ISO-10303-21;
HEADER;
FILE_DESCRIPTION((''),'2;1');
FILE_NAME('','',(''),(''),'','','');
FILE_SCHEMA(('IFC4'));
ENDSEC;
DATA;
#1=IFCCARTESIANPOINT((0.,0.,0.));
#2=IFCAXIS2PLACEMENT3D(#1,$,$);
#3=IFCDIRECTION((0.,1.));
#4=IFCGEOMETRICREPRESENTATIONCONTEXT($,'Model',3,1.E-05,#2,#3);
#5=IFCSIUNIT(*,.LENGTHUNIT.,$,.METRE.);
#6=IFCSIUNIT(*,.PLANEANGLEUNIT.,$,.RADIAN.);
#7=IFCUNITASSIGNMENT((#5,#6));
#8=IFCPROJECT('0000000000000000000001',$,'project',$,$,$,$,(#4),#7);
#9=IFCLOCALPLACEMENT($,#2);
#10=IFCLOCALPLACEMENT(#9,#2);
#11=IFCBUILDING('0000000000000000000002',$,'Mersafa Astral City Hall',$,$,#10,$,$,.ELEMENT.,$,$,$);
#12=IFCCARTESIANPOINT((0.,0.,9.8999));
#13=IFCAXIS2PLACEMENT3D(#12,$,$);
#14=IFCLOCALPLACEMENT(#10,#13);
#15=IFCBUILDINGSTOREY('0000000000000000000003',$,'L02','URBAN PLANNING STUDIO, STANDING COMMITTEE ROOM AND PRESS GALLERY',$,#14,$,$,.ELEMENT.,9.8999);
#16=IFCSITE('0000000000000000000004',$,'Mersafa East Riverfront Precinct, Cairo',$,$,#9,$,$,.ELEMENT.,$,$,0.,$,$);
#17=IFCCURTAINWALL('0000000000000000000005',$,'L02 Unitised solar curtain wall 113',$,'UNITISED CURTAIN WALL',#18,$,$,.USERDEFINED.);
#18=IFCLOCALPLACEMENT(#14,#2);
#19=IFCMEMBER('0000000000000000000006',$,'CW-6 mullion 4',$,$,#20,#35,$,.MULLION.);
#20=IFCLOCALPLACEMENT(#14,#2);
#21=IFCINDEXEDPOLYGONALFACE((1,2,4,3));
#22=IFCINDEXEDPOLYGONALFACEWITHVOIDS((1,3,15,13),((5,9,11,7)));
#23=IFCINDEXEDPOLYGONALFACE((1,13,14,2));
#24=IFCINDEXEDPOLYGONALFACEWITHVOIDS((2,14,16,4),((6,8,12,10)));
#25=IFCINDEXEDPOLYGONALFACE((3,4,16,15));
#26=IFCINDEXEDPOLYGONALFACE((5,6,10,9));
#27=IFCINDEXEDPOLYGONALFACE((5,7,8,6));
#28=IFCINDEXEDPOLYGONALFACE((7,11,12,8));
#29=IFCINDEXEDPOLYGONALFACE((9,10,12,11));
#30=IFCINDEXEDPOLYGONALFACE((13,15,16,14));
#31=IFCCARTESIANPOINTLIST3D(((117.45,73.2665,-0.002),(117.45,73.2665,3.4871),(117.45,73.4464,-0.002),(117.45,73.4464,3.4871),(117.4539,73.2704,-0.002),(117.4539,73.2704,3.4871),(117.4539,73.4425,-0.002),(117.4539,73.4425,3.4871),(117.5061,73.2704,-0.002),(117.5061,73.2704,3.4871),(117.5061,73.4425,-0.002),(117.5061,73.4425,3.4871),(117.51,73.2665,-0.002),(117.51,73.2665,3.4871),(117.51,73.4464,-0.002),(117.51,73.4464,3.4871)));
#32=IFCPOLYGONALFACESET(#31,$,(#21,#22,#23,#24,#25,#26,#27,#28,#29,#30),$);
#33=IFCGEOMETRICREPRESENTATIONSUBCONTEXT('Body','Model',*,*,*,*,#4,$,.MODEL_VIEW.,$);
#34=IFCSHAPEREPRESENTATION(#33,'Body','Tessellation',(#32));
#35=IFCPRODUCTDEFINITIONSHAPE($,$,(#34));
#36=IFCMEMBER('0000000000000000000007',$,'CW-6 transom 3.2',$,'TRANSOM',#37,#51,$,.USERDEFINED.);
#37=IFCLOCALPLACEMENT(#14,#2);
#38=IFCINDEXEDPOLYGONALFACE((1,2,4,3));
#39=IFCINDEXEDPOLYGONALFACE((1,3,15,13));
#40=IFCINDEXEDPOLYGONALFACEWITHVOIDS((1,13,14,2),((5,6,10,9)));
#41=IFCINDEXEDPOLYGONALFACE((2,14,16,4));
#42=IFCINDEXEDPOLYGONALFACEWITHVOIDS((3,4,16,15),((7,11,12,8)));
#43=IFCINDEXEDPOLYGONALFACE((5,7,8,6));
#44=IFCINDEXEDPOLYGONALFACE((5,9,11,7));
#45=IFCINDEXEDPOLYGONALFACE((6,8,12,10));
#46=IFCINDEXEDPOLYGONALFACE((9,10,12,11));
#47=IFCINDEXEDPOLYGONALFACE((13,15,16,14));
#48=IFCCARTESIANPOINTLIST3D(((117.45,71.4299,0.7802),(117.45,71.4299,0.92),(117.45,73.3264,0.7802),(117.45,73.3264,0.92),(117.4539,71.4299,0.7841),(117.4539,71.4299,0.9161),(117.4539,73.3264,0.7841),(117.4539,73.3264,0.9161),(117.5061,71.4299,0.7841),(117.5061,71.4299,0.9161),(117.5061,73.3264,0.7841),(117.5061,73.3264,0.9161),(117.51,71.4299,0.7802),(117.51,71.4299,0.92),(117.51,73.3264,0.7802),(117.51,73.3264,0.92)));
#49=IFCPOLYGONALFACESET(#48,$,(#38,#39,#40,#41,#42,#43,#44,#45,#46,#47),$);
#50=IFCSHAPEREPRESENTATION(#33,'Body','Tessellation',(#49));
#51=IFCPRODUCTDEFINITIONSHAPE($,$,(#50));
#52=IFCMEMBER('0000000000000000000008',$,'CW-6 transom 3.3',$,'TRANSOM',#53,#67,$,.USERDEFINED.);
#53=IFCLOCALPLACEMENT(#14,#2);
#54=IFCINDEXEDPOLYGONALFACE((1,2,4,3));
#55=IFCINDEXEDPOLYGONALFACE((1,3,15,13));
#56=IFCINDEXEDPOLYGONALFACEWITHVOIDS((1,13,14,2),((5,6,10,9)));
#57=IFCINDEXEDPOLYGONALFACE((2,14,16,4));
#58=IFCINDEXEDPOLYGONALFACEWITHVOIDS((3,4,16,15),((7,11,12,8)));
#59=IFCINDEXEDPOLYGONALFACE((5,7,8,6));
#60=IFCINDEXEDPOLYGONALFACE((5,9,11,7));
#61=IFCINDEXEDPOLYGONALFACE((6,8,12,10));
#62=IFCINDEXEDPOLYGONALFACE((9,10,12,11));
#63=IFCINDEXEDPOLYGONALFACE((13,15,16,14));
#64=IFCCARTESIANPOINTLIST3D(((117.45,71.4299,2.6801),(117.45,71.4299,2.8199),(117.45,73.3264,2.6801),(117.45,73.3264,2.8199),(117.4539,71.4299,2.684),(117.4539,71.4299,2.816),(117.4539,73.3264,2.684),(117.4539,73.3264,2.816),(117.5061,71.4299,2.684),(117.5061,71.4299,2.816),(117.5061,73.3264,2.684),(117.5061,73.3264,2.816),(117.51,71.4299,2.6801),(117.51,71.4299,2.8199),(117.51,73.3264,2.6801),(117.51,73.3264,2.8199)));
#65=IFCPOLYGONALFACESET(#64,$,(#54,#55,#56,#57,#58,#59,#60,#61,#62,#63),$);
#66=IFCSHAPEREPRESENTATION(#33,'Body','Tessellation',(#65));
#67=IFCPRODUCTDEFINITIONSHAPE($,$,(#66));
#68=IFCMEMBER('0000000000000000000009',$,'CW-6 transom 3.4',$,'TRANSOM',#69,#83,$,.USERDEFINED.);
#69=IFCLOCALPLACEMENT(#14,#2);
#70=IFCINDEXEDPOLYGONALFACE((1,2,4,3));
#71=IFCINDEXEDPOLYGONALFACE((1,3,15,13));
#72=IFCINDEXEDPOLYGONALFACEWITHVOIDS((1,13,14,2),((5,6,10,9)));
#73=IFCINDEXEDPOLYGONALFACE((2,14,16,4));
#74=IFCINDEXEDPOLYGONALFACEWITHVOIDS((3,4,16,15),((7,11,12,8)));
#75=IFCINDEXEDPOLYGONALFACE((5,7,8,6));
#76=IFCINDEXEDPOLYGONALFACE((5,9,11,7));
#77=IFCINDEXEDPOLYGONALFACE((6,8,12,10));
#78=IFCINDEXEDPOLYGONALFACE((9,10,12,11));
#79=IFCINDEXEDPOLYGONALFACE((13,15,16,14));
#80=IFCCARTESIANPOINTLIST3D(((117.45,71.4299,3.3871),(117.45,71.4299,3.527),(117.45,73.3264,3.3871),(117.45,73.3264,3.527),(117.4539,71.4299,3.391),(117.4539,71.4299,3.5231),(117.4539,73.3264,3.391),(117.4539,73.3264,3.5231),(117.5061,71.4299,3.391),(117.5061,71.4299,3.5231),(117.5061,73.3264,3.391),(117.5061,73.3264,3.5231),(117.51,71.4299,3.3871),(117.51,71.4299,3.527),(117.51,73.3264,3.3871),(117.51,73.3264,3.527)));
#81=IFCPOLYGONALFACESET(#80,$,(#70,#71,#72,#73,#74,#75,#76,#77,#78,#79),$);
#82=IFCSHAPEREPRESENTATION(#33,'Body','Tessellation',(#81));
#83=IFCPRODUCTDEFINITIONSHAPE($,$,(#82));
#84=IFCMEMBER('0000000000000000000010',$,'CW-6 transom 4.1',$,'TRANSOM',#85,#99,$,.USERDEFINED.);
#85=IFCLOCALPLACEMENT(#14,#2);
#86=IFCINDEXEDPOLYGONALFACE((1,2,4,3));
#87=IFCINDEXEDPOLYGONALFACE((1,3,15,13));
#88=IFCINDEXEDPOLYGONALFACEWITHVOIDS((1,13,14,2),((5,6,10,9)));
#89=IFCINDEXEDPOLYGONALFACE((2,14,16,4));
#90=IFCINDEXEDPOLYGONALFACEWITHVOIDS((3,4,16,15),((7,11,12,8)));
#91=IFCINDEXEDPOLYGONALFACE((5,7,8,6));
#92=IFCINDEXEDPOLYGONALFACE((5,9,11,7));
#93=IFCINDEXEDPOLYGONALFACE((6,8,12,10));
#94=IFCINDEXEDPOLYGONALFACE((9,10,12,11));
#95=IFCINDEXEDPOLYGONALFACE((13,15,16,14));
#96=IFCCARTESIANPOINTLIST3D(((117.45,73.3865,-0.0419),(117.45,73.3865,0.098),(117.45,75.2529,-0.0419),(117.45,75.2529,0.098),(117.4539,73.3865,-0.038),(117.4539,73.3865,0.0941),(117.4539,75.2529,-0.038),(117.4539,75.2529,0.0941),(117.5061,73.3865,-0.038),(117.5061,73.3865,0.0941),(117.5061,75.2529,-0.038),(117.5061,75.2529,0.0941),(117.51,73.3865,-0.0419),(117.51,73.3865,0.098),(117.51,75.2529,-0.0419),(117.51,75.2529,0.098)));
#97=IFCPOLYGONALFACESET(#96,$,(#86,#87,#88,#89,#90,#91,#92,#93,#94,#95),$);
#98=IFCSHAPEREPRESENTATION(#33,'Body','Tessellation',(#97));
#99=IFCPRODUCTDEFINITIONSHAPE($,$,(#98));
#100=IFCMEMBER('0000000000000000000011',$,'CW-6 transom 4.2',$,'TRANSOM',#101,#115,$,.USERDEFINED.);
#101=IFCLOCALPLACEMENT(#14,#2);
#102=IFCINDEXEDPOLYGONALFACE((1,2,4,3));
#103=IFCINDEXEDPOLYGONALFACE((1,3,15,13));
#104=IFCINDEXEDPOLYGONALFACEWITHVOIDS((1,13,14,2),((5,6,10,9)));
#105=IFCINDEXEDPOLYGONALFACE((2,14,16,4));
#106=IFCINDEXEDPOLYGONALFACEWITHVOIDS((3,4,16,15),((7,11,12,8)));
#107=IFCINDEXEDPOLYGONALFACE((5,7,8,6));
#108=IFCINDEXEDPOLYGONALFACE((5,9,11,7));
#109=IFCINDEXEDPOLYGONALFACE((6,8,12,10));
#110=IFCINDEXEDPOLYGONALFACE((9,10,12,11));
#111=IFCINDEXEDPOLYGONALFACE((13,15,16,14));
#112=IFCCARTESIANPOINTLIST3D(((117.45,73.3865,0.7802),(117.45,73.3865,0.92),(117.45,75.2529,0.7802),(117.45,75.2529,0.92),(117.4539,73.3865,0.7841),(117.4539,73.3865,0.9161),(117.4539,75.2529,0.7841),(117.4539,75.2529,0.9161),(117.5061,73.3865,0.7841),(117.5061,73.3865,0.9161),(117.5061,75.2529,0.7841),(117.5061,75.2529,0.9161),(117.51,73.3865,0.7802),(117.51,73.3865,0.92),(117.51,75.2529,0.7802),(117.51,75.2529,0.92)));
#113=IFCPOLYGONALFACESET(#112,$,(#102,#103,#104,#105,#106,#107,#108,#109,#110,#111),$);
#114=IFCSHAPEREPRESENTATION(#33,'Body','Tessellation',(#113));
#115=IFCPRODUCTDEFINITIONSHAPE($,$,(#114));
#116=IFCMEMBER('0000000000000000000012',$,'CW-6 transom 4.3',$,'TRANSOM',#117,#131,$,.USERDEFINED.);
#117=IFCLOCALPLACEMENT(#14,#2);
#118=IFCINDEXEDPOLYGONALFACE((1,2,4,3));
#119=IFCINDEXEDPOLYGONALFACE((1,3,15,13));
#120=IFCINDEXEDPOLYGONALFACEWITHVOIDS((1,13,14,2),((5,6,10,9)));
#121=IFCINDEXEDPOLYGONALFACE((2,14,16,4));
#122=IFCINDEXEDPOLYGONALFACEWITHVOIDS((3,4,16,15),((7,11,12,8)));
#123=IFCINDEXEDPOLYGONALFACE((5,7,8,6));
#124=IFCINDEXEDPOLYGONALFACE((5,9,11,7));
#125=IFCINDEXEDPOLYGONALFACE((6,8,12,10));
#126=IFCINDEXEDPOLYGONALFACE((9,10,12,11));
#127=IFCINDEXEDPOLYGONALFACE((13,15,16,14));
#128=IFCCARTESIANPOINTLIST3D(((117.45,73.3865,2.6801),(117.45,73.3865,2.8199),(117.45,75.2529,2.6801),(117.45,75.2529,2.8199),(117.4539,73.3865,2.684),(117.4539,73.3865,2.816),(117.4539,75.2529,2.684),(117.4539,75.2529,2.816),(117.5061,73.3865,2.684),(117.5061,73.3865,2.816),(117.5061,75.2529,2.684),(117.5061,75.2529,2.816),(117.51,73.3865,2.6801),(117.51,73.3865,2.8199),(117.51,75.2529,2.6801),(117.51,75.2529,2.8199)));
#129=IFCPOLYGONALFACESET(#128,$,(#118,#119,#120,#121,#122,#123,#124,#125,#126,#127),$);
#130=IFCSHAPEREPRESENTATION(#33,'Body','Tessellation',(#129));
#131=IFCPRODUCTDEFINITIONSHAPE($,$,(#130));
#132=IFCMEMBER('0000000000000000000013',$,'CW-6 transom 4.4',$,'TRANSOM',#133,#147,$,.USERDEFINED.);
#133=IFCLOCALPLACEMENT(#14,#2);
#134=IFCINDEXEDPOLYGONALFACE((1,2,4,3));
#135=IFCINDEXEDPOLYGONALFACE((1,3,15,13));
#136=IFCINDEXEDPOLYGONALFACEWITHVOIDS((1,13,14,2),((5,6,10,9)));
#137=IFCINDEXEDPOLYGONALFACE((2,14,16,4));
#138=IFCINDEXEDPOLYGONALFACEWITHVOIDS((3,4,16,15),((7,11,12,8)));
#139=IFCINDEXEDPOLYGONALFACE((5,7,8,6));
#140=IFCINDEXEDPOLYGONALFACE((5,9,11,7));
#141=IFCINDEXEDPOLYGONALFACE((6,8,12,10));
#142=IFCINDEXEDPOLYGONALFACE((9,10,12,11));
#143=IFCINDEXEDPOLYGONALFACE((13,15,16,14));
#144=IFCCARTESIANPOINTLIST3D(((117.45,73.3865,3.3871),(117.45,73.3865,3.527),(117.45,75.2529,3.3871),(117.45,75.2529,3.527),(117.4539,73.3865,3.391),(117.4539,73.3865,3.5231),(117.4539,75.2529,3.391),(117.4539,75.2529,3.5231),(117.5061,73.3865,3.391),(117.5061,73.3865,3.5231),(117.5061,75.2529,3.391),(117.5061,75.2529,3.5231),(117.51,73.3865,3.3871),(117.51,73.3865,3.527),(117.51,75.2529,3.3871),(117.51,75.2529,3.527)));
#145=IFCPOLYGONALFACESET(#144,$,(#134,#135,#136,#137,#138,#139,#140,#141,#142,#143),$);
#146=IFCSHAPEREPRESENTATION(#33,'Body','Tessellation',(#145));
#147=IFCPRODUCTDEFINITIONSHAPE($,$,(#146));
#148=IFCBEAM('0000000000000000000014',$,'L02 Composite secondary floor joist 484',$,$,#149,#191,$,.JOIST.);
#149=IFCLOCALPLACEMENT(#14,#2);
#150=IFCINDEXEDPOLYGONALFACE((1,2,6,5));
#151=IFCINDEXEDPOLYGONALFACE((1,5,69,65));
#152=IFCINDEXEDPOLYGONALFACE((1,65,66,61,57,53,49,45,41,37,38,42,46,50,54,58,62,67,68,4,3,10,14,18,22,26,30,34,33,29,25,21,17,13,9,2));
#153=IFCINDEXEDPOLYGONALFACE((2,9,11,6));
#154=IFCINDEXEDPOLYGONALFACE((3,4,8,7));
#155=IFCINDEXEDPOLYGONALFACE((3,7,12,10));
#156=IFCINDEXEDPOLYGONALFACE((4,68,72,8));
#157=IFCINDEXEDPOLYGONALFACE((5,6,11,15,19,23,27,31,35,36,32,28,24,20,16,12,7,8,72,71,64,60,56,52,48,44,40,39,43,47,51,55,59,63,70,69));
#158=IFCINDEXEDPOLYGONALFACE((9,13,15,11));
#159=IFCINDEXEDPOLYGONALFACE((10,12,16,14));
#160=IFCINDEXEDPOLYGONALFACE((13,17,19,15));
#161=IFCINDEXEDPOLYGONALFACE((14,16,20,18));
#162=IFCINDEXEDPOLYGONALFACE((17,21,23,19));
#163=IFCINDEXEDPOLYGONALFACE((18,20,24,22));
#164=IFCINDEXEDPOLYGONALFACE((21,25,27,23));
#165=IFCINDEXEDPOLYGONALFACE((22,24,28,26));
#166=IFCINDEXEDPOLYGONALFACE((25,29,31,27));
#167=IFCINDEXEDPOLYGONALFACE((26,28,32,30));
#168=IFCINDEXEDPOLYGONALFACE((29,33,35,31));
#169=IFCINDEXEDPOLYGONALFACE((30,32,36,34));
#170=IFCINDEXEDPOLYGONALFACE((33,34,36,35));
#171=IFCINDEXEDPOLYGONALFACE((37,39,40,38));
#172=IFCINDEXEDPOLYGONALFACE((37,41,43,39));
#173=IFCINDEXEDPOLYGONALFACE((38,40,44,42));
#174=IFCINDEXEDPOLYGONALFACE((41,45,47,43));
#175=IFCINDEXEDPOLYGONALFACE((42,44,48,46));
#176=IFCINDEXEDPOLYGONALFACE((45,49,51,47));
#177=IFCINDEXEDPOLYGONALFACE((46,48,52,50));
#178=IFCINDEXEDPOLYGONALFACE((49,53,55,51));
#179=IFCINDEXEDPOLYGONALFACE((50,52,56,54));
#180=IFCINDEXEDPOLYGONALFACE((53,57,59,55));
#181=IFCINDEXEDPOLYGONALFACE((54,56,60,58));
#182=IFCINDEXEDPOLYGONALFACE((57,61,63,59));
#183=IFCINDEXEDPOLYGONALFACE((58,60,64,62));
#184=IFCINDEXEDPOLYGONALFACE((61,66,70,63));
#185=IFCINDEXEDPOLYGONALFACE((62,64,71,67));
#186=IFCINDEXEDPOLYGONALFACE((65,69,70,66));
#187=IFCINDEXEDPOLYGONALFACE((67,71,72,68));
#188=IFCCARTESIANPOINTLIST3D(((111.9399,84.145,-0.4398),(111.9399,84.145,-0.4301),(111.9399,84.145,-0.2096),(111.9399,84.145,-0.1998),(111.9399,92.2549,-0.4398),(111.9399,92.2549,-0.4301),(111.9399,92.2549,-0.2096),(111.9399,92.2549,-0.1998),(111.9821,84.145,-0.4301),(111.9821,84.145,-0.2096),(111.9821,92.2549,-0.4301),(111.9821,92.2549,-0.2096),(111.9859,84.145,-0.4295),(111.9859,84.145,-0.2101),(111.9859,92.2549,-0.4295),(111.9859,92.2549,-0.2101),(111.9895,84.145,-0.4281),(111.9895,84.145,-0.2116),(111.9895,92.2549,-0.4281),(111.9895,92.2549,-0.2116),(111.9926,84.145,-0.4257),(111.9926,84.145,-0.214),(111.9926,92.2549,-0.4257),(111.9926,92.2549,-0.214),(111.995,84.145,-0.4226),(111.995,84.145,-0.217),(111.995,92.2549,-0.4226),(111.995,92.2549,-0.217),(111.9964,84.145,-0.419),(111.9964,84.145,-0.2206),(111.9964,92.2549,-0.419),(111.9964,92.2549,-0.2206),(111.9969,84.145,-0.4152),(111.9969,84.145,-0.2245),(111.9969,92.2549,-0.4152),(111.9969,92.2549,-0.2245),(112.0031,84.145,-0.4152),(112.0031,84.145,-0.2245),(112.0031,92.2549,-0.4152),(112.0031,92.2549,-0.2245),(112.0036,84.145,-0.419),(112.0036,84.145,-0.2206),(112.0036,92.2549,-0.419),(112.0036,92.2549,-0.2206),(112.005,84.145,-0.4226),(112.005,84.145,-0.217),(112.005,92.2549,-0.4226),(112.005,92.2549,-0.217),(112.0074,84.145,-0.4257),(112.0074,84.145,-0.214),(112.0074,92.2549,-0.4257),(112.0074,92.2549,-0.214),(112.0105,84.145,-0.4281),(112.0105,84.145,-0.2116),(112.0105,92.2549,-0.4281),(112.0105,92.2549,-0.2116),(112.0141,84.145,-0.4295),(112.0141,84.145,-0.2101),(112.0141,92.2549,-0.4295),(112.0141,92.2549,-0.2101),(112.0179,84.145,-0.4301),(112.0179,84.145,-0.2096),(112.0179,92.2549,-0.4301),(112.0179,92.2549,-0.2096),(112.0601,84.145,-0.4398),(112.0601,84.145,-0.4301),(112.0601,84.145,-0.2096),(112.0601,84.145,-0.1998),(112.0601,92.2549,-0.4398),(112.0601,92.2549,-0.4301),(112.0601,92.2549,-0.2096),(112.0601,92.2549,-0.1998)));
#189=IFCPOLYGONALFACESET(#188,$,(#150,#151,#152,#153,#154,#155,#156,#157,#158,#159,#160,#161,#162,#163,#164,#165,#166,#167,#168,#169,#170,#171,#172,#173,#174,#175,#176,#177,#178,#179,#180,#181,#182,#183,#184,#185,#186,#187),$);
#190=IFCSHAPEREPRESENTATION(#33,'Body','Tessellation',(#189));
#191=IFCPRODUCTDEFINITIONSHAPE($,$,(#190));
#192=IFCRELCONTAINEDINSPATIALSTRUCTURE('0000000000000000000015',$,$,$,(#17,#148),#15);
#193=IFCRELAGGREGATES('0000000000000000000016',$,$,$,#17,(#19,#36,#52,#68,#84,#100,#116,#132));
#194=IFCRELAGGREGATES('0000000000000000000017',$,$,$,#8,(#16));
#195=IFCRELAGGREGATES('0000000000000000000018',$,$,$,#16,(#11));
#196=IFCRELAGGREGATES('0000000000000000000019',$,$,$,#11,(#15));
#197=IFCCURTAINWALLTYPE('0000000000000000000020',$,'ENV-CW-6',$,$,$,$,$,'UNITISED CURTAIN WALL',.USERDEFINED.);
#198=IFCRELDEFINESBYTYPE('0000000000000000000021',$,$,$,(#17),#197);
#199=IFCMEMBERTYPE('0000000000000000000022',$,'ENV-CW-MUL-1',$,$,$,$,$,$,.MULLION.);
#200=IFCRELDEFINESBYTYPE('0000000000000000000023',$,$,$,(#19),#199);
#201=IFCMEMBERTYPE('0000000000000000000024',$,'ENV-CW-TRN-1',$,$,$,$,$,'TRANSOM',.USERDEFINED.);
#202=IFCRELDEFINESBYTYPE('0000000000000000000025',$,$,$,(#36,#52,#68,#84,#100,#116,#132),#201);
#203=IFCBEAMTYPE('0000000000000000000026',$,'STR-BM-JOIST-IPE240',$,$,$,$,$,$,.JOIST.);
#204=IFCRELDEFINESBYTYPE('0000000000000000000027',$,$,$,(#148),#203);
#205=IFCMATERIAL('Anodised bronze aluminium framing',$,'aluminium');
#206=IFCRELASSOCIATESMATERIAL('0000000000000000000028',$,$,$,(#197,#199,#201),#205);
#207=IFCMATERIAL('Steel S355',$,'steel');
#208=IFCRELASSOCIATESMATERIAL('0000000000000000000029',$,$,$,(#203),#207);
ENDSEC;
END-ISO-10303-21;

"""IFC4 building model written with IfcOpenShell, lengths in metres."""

from ifc_helpers import new_model, si_unit, direction, frame, origin, origin_2d, place, context, subcontext, project, spatial, hollow_rectangle, i_section, extrude, material, material_profile, profile_set, type_object, element, aggregate, save


model = new_model("IFC4")

# Units and contexts
model_context = context("Model", 3, precision=1e-05, world=origin(), true_north=direction((0.0, 1.0)))
body_context = subcontext(model_context, "Body", "Model", "MODEL_VIEW")
ifc_project = project(units=[si_unit("LENGTHUNIT", "METRE"), si_unit("PLANEANGLEUNIT", "RADIAN")], contexts=[model_context])

# Site, building, storey
site_placement = place(None, origin())
site = spatial("IfcSite", under=ifc_project, at=site_placement, Name="Mersafa East Riverfront Precinct, Cairo", CompositionType="ELEMENT", RefElevation=0.0)
building_placement = place(site_placement, origin())
building = spatial("IfcBuilding", under=site, at=building_placement, Name="Mersafa Astral City Hall", CompositionType="ELEMENT")
storey_placement = place(building_placement, frame((0.0, 0.0, 9.8999)))
storey = spatial("IfcBuildingStorey", under=building, at=storey_placement, Name="L02", Description="URBAN PLANNING STUDIO, STANDING COMMITTEE ROOM AND PRESS GALLERY", CompositionType="ELEMENT", Elevation=9.8999)

# Curtain wall, members
ifc_material_1 = material(Name="Anodised bronze aluminium framing", Category="aluminium")
curtain_wall_type = type_object("IfcCurtainWallType", Name="ENV-CW-6", ElementType="UNITISED CURTAIN WALL", PredefinedType="USERDEFINED", material=ifc_material_1)
curtain_wall_placement = place(storey_placement, origin())
curtain_wall = element("IfcCurtainWall", 1, at=curtain_wall_placement, inside=storey, type_object=curtain_wall_type, Name="L02 Unitised solar curtain wall 113", ObjectType="UNITISED CURTAIN WALL", PredefinedType="USERDEFINED")
ifc_material_profile_1 = material_profile(ifc_material_1, hollow_rectangle(XDim=0.0601, YDim=0.1799, WallThickness=0.0039, at=origin_2d()), Name="RHS 60x180x4")
ifc_profile_set_1 = profile_set([ifc_material_profile_1], Name="Anodised bronze aluminium framing")
member_type_1 = type_object("IfcMemberType", Name="ENV-CW-MUL-1", PredefinedType="MULLION", material=ifc_profile_set_1)
member_1_placement = place(storey_placement, frame((117.48, 73.3564, -0.002), z_axis=(0.0, 0.0, 1.0), x_axis=(-1.0, 0.0, 0.0)))
member_1 = element("IfcMember", 2, at=member_1_placement, type_object=member_type_1, Name="CW-6 mullion 4", PredefinedType="MULLION", context=body_context, shape_type="SweptSolid", body=[
    extrude(hollow_rectangle(XDim=0.0601, YDim=0.1799, WallThickness=0.0039, at=origin_2d()), origin(), (0.0, 0.0, 1.0), 3.489),
])
ifc_material_profile_2 = material_profile(ifc_material_1, hollow_rectangle(XDim=0.0601, YDim=0.1399, WallThickness=0.0039, at=origin_2d()), Name="RHS 60x140x4")
ifc_profile_set_2 = profile_set([ifc_material_profile_2], Name="Anodised bronze aluminium framing")
member_type_2 = type_object("IfcMemberType", Name="ENV-CW-TRN-1", ElementType="TRANSOM", PredefinedType="USERDEFINED", material=ifc_profile_set_2)
member_2_placement = place(storey_placement, frame((117.48, 71.4299, 0.8501), z_axis=(0.0, 1.0, 0.0), x_axis=(-1.0, 0.0, 0.0)))
member_2 = element("IfcMember", 3, at=member_2_placement, type_object=member_type_2, Name="CW-6 transom 3.2", ObjectType="TRANSOM", PredefinedType="USERDEFINED", context=body_context, shape_type="SweptSolid", body=[
    extrude(hollow_rectangle(XDim=0.0601, YDim=0.1399, WallThickness=0.0039, at=origin_2d()), origin(), (0.0, 0.0, 1.0), 1.8965),
])
member_3_placement = place(storey_placement, frame((117.48, 71.4299, 2.75), z_axis=(0.0, 1.0, 0.0), x_axis=(-1.0, 0.0, 0.0)))
member_3 = element("IfcMember", 4, at=member_3_placement, type_object=member_type_2, Name="CW-6 transom 3.3", ObjectType="TRANSOM", PredefinedType="USERDEFINED", context=body_context, shape_type="SweptSolid", body=[
    extrude(hollow_rectangle(XDim=0.0601, YDim=0.1399, WallThickness=0.0039, at=origin_2d()), origin(), (0.0, 0.0, 1.0), 1.8965),
])
member_4_placement = place(storey_placement, frame((117.48, 71.4299, 3.457), z_axis=(0.0, 1.0, 0.0), x_axis=(-1.0, 0.0, 0.0)))
member_4 = element("IfcMember", 5, at=member_4_placement, type_object=member_type_2, Name="CW-6 transom 3.4", ObjectType="TRANSOM", PredefinedType="USERDEFINED", context=body_context, shape_type="SweptSolid", body=[
    extrude(hollow_rectangle(XDim=0.0601, YDim=0.1399, WallThickness=0.0039, at=origin_2d()), origin(), (0.0, 0.0, 1.0), 1.8965),
])
member_5_placement = place(storey_placement, frame((117.48, 73.3865, 0.0281), z_axis=(0.0, 1.0, 0.0), x_axis=(-1.0, 0.0, 0.0)))
member_5 = element("IfcMember", 6, at=member_5_placement, type_object=member_type_2, Name="CW-6 transom 4.1", ObjectType="TRANSOM", PredefinedType="USERDEFINED", context=body_context, shape_type="SweptSolid", body=[
    extrude(hollow_rectangle(XDim=0.0601, YDim=0.1399, WallThickness=0.0039, at=origin_2d()), origin(), (0.0, 0.0, 1.0), 1.8665),
])
member_6_placement = place(storey_placement, frame((117.48, 73.3865, 0.8501), z_axis=(0.0, 1.0, 0.0), x_axis=(-1.0, 0.0, 0.0)))
member_6 = element("IfcMember", 7, at=member_6_placement, type_object=member_type_2, Name="CW-6 transom 4.2", ObjectType="TRANSOM", PredefinedType="USERDEFINED", context=body_context, shape_type="SweptSolid", body=[
    extrude(hollow_rectangle(XDim=0.0601, YDim=0.1399, WallThickness=0.0039, at=origin_2d()), origin(), (0.0, 0.0, 1.0), 1.8665),
])
member_7_placement = place(storey_placement, frame((117.48, 73.3865, 2.75), z_axis=(0.0, 1.0, 0.0), x_axis=(-1.0, 0.0, 0.0)))
member_7 = element("IfcMember", 8, at=member_7_placement, type_object=member_type_2, Name="CW-6 transom 4.3", ObjectType="TRANSOM", PredefinedType="USERDEFINED", context=body_context, shape_type="SweptSolid", body=[
    extrude(hollow_rectangle(XDim=0.0601, YDim=0.1399, WallThickness=0.0039, at=origin_2d()), origin(), (0.0, 0.0, 1.0), 1.8665),
])
member_8_placement = place(storey_placement, frame((117.48, 73.3865, 3.457), z_axis=(0.0, 1.0, 0.0), x_axis=(-1.0, 0.0, 0.0)))
member_8 = element("IfcMember", 9, at=member_8_placement, type_object=member_type_2, Name="CW-6 transom 4.4", ObjectType="TRANSOM", PredefinedType="USERDEFINED", context=body_context, shape_type="SweptSolid", body=[
    extrude(hollow_rectangle(XDim=0.0601, YDim=0.1399, WallThickness=0.0039, at=origin_2d()), origin(), (0.0, 0.0, 1.0), 1.8665),
])

# Beam
ifc_material_2 = material(Name="Steel S355", Category="steel")
ifc_material_profile_3 = material_profile(ifc_material_2, i_section(OverallWidth=0.1201, OverallDepth=0.24, WebThickness=0.0061, FlangeThickness=0.0098, FilletRadius=0.0149, at=origin_2d()), Name="IPE 240")
ifc_profile_set_3 = profile_set([ifc_material_profile_3], Name="Steel S355")
beam_type_1 = type_object("IfcBeamType", Name="STR-BM-JOIST-IPE240", PredefinedType="JOIST", material=ifc_profile_set_3)
for number, where, z_axis, x_axis, name in (
    (10, (112.0, 84.145, -0.3198), (0.0, 1.0, 0.0), (-1.0, 0.0, 0.0), "L02 Composite secondary floor joist 484"),
):
    element("IfcBeam", number, at=place(storey_placement, frame(where, z_axis=z_axis, x_axis=x_axis)), inside=storey, type_object=beam_type_1, Name=name, PredefinedType="JOIST", context=body_context, shape_type="SweptSolid", body=[
        extrude(i_section(OverallWidth=0.1201, OverallDepth=0.24, WebThickness=0.0061, FlangeThickness=0.0098, FilletRadius=0.0149, at=origin_2d()), origin(), (0.0, 0.0, 1.0), 8.1099),
    ])

aggregate(curtain_wall, [member_1, member_2, member_3, member_4, member_5, member_6, member_7, member_8])

save(model, "model.ifc")
